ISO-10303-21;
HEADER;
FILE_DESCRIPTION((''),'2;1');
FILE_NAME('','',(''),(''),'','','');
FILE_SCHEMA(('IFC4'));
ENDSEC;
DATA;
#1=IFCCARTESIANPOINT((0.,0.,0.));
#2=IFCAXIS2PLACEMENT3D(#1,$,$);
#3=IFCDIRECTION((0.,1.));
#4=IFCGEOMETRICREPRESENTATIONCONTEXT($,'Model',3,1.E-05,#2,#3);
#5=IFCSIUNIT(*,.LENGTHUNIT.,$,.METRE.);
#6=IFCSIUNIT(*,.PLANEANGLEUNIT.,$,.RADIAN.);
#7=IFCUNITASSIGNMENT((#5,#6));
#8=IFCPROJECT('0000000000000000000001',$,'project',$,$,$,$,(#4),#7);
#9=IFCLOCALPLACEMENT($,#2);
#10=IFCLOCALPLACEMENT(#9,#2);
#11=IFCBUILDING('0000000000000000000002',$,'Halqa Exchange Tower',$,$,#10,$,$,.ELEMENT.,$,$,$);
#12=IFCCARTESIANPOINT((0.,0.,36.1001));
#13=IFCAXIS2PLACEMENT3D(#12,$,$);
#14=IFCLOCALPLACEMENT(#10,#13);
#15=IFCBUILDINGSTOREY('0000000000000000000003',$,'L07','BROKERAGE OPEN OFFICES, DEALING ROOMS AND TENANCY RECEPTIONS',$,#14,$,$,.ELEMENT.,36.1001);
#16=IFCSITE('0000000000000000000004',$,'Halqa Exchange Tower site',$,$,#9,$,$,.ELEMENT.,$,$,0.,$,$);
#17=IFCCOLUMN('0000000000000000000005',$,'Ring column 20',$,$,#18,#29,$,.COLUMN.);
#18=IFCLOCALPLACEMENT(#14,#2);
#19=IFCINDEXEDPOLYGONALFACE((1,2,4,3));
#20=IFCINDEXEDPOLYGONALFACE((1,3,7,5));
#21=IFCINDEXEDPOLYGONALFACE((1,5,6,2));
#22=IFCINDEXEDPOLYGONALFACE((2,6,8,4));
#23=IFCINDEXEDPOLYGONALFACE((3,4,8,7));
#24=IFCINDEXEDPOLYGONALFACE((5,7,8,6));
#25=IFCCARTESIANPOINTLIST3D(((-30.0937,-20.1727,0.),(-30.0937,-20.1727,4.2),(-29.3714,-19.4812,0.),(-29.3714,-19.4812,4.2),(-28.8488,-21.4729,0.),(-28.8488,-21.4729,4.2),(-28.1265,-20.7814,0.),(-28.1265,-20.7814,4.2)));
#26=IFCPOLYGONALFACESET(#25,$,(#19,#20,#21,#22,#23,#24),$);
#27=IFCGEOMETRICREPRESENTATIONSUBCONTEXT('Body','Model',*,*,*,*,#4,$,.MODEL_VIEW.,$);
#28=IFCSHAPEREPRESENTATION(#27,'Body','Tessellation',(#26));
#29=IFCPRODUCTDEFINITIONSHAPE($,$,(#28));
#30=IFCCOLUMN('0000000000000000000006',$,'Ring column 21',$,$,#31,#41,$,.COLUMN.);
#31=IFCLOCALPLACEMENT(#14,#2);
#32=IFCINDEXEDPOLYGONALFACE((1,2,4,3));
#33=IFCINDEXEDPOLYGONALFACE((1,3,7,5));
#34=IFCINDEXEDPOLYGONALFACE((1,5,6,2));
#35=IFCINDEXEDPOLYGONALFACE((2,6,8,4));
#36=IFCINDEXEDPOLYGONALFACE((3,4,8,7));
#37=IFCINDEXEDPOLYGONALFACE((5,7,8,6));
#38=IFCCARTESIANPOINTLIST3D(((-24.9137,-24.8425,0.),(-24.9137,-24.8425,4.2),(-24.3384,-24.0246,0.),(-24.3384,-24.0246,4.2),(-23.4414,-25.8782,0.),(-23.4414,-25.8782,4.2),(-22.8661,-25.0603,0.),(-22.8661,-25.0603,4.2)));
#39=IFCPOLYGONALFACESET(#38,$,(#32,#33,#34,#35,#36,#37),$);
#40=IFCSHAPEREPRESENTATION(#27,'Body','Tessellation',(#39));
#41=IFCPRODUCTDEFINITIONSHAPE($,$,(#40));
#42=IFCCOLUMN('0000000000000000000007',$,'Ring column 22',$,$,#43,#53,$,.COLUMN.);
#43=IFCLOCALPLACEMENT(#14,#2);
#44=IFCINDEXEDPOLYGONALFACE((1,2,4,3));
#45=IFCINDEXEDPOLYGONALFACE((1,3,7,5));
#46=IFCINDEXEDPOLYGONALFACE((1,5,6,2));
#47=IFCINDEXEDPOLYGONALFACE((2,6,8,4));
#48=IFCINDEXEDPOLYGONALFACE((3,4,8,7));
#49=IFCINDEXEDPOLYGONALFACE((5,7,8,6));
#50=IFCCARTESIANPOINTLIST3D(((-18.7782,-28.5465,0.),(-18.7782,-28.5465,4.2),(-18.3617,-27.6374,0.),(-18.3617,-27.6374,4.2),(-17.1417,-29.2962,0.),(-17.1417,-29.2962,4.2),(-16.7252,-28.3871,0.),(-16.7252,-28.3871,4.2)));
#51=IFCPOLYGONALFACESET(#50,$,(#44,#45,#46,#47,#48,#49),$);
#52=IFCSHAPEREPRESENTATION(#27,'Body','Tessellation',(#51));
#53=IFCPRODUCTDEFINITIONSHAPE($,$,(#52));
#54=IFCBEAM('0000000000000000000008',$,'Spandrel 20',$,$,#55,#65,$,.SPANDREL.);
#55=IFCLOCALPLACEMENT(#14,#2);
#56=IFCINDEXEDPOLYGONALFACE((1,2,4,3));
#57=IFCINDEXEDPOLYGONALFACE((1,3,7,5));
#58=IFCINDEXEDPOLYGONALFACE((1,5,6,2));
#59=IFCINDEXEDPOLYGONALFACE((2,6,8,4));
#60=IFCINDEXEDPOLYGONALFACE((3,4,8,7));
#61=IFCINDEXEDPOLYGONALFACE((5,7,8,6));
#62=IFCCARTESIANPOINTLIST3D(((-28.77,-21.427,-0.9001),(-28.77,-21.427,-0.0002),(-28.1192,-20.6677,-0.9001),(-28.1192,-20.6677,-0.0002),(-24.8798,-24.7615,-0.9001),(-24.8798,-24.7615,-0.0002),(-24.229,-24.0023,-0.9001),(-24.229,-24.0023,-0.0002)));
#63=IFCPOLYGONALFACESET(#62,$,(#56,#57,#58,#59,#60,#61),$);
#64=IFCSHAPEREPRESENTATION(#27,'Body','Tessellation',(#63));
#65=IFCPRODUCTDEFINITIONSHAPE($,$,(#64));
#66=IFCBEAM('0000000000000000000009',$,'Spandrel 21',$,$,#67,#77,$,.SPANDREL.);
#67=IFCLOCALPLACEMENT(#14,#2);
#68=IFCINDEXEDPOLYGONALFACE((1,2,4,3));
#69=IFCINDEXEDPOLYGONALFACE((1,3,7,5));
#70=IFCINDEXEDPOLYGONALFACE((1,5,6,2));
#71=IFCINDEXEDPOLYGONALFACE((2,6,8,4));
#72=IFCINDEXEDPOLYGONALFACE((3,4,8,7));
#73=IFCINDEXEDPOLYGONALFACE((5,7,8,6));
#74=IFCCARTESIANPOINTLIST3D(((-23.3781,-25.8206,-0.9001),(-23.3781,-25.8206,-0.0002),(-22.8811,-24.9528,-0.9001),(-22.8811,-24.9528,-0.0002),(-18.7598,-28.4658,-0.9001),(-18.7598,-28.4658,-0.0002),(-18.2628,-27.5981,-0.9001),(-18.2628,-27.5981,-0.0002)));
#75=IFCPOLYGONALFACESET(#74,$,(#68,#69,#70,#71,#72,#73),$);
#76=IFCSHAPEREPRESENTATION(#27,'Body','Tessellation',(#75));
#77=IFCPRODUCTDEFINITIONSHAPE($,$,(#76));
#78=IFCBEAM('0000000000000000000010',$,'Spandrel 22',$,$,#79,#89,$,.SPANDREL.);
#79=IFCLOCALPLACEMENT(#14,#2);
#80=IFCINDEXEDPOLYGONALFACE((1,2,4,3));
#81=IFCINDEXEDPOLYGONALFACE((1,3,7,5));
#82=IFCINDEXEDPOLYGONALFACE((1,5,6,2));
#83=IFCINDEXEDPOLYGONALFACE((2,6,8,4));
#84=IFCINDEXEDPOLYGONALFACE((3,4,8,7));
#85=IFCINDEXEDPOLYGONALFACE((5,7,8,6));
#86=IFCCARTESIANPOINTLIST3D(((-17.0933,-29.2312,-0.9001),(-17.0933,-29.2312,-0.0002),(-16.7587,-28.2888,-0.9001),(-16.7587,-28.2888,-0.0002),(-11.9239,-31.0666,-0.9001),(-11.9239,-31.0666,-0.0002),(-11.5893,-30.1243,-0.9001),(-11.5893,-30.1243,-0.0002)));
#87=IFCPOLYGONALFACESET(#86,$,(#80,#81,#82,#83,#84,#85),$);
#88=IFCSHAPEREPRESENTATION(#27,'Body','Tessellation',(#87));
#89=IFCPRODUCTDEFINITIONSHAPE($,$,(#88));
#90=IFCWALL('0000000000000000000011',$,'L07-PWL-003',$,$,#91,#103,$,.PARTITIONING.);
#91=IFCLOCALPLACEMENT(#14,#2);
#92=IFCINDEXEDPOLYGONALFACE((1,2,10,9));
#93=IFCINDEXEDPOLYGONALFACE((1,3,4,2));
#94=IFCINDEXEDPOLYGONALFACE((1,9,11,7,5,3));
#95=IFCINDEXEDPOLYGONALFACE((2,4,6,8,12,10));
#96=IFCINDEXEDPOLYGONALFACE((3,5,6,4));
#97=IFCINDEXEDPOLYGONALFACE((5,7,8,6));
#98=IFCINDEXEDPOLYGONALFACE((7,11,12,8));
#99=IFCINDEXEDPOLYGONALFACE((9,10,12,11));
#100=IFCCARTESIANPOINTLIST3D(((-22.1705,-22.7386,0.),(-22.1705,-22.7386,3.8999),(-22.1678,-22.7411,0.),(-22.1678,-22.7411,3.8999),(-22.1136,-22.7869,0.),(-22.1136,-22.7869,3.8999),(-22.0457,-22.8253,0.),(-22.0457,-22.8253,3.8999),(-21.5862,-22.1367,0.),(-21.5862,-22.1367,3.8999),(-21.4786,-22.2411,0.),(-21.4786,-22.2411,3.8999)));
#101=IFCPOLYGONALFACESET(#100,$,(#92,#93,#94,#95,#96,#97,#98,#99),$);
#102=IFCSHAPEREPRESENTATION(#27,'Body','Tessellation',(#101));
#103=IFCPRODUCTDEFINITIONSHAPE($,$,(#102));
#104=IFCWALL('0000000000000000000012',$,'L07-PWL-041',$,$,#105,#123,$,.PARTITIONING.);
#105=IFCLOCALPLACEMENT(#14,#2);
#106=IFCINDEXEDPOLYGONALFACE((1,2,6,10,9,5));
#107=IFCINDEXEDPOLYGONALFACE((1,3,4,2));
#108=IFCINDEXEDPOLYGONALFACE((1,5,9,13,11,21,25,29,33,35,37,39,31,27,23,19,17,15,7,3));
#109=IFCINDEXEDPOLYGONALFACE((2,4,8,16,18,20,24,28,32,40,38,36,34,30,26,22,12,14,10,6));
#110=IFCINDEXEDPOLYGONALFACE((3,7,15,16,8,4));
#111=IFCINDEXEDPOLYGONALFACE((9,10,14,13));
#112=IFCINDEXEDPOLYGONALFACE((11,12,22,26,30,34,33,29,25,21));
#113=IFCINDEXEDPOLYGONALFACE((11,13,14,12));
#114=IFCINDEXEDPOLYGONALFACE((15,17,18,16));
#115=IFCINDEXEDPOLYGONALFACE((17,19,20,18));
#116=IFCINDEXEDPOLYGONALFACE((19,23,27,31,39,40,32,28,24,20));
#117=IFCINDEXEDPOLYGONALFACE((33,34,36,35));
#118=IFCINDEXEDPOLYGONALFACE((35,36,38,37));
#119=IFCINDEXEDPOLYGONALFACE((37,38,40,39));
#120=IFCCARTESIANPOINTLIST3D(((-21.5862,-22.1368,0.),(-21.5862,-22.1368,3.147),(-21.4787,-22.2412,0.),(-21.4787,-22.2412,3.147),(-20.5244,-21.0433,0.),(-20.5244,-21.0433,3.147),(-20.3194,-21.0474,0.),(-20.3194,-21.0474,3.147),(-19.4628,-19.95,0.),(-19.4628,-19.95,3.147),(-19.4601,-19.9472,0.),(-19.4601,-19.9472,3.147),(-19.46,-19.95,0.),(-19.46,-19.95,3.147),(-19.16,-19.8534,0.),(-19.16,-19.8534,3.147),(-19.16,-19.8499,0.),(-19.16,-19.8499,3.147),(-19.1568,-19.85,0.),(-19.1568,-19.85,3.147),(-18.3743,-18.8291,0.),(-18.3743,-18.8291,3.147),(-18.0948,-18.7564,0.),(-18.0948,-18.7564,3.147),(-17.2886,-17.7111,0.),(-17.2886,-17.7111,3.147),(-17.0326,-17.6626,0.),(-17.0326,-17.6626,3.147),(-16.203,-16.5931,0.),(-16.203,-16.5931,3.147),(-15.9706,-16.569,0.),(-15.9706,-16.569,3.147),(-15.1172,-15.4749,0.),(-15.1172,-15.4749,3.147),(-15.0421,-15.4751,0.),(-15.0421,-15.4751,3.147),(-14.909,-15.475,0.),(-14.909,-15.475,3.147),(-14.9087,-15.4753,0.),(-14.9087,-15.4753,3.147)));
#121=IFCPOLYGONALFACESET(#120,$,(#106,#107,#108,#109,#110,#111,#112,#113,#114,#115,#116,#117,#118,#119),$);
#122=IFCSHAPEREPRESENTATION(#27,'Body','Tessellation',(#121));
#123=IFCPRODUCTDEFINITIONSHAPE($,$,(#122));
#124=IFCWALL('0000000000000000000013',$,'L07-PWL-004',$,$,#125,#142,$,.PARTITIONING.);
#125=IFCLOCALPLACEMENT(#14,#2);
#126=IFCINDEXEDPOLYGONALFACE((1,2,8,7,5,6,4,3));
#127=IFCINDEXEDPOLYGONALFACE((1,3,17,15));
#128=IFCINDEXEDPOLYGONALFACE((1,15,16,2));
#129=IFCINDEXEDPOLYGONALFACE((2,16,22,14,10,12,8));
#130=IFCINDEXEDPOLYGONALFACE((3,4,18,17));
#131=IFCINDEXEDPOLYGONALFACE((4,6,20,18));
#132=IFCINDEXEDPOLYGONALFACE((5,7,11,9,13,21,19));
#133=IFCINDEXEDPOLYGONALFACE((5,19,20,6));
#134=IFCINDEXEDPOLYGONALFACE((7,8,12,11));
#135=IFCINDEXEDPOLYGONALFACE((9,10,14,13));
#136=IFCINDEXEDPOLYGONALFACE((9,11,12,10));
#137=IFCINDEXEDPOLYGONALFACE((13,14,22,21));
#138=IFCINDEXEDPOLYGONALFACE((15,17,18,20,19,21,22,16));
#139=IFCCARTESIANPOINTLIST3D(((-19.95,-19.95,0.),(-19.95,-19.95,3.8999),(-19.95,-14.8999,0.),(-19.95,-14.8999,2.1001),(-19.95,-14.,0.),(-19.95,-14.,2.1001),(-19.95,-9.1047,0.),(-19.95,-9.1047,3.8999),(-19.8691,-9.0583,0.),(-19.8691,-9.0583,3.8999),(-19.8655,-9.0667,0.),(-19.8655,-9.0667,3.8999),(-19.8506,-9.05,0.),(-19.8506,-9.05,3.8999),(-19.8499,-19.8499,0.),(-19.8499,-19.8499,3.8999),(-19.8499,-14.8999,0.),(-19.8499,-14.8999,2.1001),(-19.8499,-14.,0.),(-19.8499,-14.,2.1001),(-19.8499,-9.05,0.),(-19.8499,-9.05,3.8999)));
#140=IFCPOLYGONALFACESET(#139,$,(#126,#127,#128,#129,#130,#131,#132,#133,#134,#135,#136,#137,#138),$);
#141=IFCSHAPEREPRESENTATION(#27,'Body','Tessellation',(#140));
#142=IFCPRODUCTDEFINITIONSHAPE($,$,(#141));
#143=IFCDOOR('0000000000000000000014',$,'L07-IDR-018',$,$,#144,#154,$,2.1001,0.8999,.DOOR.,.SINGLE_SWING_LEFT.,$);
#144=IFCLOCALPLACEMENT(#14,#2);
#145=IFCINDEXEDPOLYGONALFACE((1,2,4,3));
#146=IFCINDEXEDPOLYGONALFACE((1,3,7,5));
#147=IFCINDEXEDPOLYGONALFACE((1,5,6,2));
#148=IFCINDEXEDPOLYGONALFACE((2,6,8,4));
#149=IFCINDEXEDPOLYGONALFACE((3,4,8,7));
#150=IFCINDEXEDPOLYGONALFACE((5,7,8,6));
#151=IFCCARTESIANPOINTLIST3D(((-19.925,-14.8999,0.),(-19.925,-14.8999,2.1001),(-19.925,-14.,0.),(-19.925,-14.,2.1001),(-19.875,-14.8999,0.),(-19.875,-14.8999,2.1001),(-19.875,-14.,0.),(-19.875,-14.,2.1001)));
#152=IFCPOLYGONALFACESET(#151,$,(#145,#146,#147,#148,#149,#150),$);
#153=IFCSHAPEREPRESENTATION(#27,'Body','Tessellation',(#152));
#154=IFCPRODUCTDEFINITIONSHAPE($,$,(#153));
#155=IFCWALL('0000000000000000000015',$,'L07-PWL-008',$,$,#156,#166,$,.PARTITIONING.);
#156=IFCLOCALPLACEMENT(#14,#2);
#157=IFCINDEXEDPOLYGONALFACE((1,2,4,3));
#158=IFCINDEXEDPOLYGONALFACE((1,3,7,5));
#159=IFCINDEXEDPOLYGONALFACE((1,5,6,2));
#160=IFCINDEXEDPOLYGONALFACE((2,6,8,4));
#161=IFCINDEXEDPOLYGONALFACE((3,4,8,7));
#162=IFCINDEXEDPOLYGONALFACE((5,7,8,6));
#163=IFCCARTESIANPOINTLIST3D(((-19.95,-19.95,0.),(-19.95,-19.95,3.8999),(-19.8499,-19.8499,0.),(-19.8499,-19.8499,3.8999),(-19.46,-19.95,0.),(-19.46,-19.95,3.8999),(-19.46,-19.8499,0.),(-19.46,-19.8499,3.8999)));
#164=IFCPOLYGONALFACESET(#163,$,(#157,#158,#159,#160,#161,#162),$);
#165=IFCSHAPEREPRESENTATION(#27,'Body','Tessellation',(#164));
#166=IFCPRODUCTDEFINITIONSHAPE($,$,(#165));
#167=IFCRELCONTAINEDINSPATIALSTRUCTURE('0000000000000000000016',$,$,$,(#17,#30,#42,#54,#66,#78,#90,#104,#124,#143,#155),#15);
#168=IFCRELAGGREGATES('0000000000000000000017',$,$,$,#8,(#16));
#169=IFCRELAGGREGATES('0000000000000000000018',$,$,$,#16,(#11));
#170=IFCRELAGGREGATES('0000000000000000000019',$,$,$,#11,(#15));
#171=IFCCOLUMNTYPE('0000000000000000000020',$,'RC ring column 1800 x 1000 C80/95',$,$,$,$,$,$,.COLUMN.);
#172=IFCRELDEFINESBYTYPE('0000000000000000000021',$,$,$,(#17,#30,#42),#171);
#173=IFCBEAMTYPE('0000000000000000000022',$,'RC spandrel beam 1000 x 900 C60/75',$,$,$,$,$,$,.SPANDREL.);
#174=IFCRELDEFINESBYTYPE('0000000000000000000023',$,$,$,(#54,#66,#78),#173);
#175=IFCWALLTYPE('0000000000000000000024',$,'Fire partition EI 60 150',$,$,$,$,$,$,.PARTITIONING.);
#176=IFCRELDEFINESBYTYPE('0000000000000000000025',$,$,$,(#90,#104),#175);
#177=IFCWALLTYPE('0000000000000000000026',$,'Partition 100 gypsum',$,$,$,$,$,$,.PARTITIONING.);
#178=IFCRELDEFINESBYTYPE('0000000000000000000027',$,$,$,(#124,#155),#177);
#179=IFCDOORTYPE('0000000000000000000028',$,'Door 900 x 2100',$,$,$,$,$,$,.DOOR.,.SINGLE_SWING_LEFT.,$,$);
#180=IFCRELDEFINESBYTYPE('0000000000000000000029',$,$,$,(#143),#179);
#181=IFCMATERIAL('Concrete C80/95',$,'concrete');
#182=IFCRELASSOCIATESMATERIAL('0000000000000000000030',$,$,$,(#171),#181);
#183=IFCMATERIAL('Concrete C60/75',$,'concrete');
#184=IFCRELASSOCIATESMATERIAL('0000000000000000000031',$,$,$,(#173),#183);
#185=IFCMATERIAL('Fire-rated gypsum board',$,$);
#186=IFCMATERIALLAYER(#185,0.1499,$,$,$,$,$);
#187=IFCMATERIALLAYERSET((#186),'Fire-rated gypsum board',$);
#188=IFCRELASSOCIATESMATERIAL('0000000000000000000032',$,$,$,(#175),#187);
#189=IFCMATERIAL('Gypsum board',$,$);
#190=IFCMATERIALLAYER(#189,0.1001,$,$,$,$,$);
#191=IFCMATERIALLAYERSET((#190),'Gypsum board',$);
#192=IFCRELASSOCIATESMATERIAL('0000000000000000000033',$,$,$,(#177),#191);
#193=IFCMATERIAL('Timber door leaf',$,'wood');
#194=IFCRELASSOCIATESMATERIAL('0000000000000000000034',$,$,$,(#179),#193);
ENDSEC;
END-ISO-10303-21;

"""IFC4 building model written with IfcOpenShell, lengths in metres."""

from ifc_helpers import new_model, si_unit, direction, frame, frame_2d, origin, origin_2d, place, context, subcontext, project, spatial, polyline, rectangle, outline, extrude, material, layer, layer_set, material_profile, profile_set, type_object, element, fill, save


model = new_model("IFC4")

# Units and contexts
model_context = context("Model", 3, precision=1e-05, world=origin(), true_north=direction((0.0, 1.0)))
body_context = subcontext(model_context, "Body", "Model", "MODEL_VIEW")
ifc_project = project(units=[si_unit("LENGTHUNIT", "METRE"), si_unit("PLANEANGLEUNIT", "RADIAN")], contexts=[model_context])

# Site, building, storey
site_placement = place(None, origin())
site = spatial("IfcSite", under=ifc_project, at=site_placement, Name="Halqa Exchange Tower site", CompositionType="ELEMENT", RefElevation=0.0)
building_placement = place(site_placement, origin())
building = spatial("IfcBuilding", under=site, at=building_placement, Name="Halqa Exchange Tower", CompositionType="ELEMENT")
storey_placement = place(building_placement, frame((0.0, 0.0, 36.1001)))
storey = spatial("IfcBuildingStorey", under=building, at=storey_placement, Name="L07", Description="BROKERAGE OPEN OFFICES, DEALING ROOMS AND TENANCY RECEPTIONS", CompositionType="ELEMENT", Elevation=36.1001)

# Columns
ifc_material_1 = material(Name="Concrete C80/95", Category="concrete")
ifc_material_profile_1 = material_profile(ifc_material_1, rectangle(XDim=1.8, YDim=1.0, at=origin_2d()), Name="1800 x 1000")
ifc_profile_set_1 = profile_set([ifc_material_profile_1], Name="Concrete C80/95")
column_type = type_object("IfcColumnType", Name="RC ring column 1800 x 1000 C80/95", PredefinedType="COLUMN", material=ifc_profile_set_1)
for number, where, z_axis, x_axis, name in (
    (1, (-29.1101, -20.4771, 0.0), (0.0, 0.0, 1.0), (0.691575, -0.722305, 0.0), "Ring column 20"),
    (2, (-23.8899, -24.9514, 0.0), (0.0, 0.0, 1.0), (0.817912, -0.575344, 0.0), "Ring column 21"),
    (3, (-17.7517, -28.4668, 0.0), (0.0, 0.0, 1.0), (0.909128, -0.416517, 0.0), "Ring column 22"),
):
    element("IfcColumn", number, at=place(storey_placement, frame(where, z_axis=z_axis, x_axis=x_axis)), inside=storey, type_object=column_type, Name=name, PredefinedType="COLUMN", context=body_context, shape_type="SweptSolid", body=[
        extrude(rectangle(XDim=1.8, YDim=1.0, at=origin_2d()), origin(), (0.0, 0.0, 1.0), 4.2),
    ])

# Beams
ifc_material_2 = material(Name="Concrete C60/75", Category="concrete")
ifc_material_profile_2 = material_profile(ifc_material_2, rectangle(XDim=1.0, YDim=0.8999, at=origin_2d()), Name="1000 x 900")
ifc_profile_set_2 = profile_set([ifc_material_profile_2], Name="Concrete C60/75")
beam_type = type_object("IfcBeamType", Name="RC spandrel beam 1000 x 900 C60/75", PredefinedType="SPANDREL", material=ifc_profile_set_2)
beam_1_placement = place(storey_placement, frame((-28.4446, -21.0474, -0.4502), z_axis=(0.75925, -0.650799, 0.0), x_axis=(0.650799, 0.75925, 0.0)))
element("IfcBeam", 4, at=beam_1_placement, inside=storey, type_object=beam_type, Name="Spandrel 20", PredefinedType="SPANDREL", context=body_context, shape_type="SweptSolid", body=[
    extrude(rectangle(XDim=1.0, YDim=0.8999, at=origin_2d()), origin(), (0.0, 0.0, 1.0), 5.1238),
])
beam_2_placement = place(storey_placement, frame((-23.1296, -25.3867, -0.4502), z_axis=(0.867743, -0.497013, 0.0), x_axis=(0.497013, 0.867743, 0.0)))
element("IfcBeam", 5, at=beam_2_placement, inside=storey, type_object=beam_type, Name="Spandrel 21", PredefinedType="SPANDREL", context=body_context, shape_type="SweptSolid", body=[
    extrude(rectangle(XDim=1.0, YDim=0.8999, at=origin_2d()), origin(), (0.0, 0.0, 1.0), 5.3223),
])
beam_3_placement = place(storey_placement, frame((-16.926, -28.76, -0.4502), z_axis=(0.942363, -0.334593, 0.0), x_axis=(0.334593, 0.942363, 0.0)))
element("IfcBeam", 6, at=beam_3_placement, inside=storey, type_object=beam_type, Name="Spandrel 22", PredefinedType="SPANDREL", context=body_context, shape_type="SweptSolid", body=[
    extrude(rectangle(XDim=1.0, YDim=0.8999, at=origin_2d()), origin(), (0.0, 0.0, 1.0), 5.4856),
])

# Walls
ifc_material_3 = material(Name="Fire-rated gypsum board")
ifc_layer_1 = layer(ifc_material_3, 0.1499)
ifc_layer_set_1 = layer_set([ifc_layer_1], Name="Fire-rated gypsum board")
wall_type_1 = type_object("IfcWallType", Name="Fire partition EI 60 150", PredefinedType="PARTITIONING", material=ifc_layer_set_1)
wall_1_placement = place(storey_placement, frame((-22.1167, -22.7908, 0.0), z_axis=(0.0, 0.0, 1.0), x_axis=(0.69655, 0.717508, 0.0)))
element("IfcWall", 7, at=wall_1_placement, inside=storey, type_object=wall_type_1, Name="L07-PWL-003", PredefinedType="PARTITIONING", context=body_context, shape_type="SweptSolid", body=[
    extrude(outline(polyline([(0.0, 0.075), (0.0, 0.0713), (0.0049, 0.0005), (0.0247, -0.075), (0.8389, -0.075), (0.8389, 0.075), (0.0, 0.075)])), origin(), (0.0, 0.0, 1.0), 3.8999),
])
wall_2_placement = place(storey_placement, frame((-21.5325, -22.189, 0.0), z_axis=(0.0, 0.0, 1.0), x_axis=(0.69665, 0.717411, 0.0)))
element("IfcWall", 8, at=wall_2_placement, inside=storey, type_object=wall_type_1, Name="L07-PWL-041", PredefinedType="PARTITIONING", context=body_context, shape_type="SweptSolid", body=[
    extrude(outline(polyline([(0.0, -0.075), (1.6641, -0.075), (3.3284, -0.075), (3.3308, -0.0725), (3.333, -0.075), (4.8574, -0.075), (6.3821, -0.075), (7.9065, -0.075), (9.4309, -0.075), (9.4309, -0.0745), (9.3381, 0.021), (9.3381, 0.021), (9.2859, 0.075), (7.7273, 0.075), (6.1689, 0.075), (4.6106, 0.075), (3.052, 0.075), (3.05, 0.073), (3.0481, 0.075), (1.5242, 0.075), (0.0, 0.075), (0.0, -0.075)])), origin(), (0.0, 0.0, 1.0), 3.147),
])

# Wall, opening, door
ifc_material_4 = material(Name="Gypsum board")
ifc_layer_2 = layer(ifc_material_4, 0.1001)
ifc_layer_set_2 = layer_set([ifc_layer_2], Name="Gypsum board")
wall_type_2 = type_object("IfcWallType", Name="Partition 100 gypsum", PredefinedType="PARTITIONING", material=ifc_layer_set_2)
wall_3_placement = place(storey_placement, frame((-19.8999, -19.95, 0.0), z_axis=(0.0, 0.0, 1.0), x_axis=(0.0, 1.0, 0.0)))
wall_3 = element("IfcWall", 9, at=wall_3_placement, inside=storey, type_object=wall_type_2, Name="L07-PWL-004", PredefinedType="PARTITIONING", context=body_context, shape_type="SweptSolid", body=[
    extrude(outline(polyline([(10.8999, -0.05), (10.8999, -0.0493), (10.8916, -0.0308), (10.8833, -0.0344), (10.8452, 0.05), (9.0376, 0.05), (7.23, 0.05), (5.4226, 0.05), (3.615, 0.05), (1.8076, 0.05), (0.0, 0.05), (0.0999, -0.0498), (0.1001, -0.05), (1.9001, -0.05), (3.7, -0.05), (5.5, -0.05), (7.3, -0.05), (9.0999, -0.05), (10.8999, -0.05)])), origin(), (0.0, 0.0, 1.0), 3.8999),
])
opening_1_placement = place(wall_3_placement, frame((5.05, 0.0, 0.0)))
opening_1 = element("IfcOpeningElement", 10, at=opening_1_placement, cuts=wall_3, PredefinedType="OPENING", context=body_context, shape_type="SweptSolid", body=[
    extrude(rectangle(XDim=0.8999, YDim=2.1001, at=frame_2d((0.45, 1.05))), frame((0.0, 0.062, 0.0), z_axis=(0.0, -1.0, 0.0), x_axis=(1.0, 0.0, 0.0)), (0.0, 0.0, 1.0), 0.124),
])
ifc_material_5 = material(Name="Timber door leaf", Category="wood")
door_type_1 = type_object("IfcDoorType", Name="Door 900 x 2100", OperationType="SINGLE_SWING_LEFT", PredefinedType="DOOR", material=ifc_material_5)
door_1_placement = place(opening_1_placement, frame((0.8999, 0.0, 0.0), z_axis=(0.0, 0.0, 1.0), x_axis=(-1.0, 0.0, 0.0)))
door_1 = element("IfcDoor", 11, at=door_1_placement, inside=storey, type_object=door_type_1, Name="L07-IDR-018", OperationType="SINGLE_SWING_LEFT", OverallHeight=2.1001, OverallWidth=0.8999, PredefinedType="DOOR", context=body_context, shape_type="SweptSolid", body=[
    extrude(rectangle(XDim=0.8999, YDim=2.1001, at=frame_2d((0.45, 1.05))), frame((0.0, 0.0249, 0.0), z_axis=(0.0, -1.0, 0.0), x_axis=(1.0, 0.0, 0.0)), (0.0, 0.0, 1.0), 0.05),
])
fill(opening_1, door_1)

# Wall
wall_4_placement = place(storey_placement, frame((-19.46, -19.8999, 0.0), z_axis=(0.0, 0.0, 1.0), x_axis=(-1.0, 0.0, 0.0)))
element("IfcWall", 12, at=wall_4_placement, inside=storey, type_object=wall_type_2, Name="L07-PWL-008", PredefinedType="PARTITIONING", context=body_context, shape_type="SweptSolid", body=[
    extrude(outline(polyline([(0.0, -0.05), (0.3899, -0.05), (0.49, 0.05), (0.0, 0.05), (0.0, -0.05)])), origin(), (0.0, 0.0, 1.0), 3.8999),
])

save(model, "model.ifc")
